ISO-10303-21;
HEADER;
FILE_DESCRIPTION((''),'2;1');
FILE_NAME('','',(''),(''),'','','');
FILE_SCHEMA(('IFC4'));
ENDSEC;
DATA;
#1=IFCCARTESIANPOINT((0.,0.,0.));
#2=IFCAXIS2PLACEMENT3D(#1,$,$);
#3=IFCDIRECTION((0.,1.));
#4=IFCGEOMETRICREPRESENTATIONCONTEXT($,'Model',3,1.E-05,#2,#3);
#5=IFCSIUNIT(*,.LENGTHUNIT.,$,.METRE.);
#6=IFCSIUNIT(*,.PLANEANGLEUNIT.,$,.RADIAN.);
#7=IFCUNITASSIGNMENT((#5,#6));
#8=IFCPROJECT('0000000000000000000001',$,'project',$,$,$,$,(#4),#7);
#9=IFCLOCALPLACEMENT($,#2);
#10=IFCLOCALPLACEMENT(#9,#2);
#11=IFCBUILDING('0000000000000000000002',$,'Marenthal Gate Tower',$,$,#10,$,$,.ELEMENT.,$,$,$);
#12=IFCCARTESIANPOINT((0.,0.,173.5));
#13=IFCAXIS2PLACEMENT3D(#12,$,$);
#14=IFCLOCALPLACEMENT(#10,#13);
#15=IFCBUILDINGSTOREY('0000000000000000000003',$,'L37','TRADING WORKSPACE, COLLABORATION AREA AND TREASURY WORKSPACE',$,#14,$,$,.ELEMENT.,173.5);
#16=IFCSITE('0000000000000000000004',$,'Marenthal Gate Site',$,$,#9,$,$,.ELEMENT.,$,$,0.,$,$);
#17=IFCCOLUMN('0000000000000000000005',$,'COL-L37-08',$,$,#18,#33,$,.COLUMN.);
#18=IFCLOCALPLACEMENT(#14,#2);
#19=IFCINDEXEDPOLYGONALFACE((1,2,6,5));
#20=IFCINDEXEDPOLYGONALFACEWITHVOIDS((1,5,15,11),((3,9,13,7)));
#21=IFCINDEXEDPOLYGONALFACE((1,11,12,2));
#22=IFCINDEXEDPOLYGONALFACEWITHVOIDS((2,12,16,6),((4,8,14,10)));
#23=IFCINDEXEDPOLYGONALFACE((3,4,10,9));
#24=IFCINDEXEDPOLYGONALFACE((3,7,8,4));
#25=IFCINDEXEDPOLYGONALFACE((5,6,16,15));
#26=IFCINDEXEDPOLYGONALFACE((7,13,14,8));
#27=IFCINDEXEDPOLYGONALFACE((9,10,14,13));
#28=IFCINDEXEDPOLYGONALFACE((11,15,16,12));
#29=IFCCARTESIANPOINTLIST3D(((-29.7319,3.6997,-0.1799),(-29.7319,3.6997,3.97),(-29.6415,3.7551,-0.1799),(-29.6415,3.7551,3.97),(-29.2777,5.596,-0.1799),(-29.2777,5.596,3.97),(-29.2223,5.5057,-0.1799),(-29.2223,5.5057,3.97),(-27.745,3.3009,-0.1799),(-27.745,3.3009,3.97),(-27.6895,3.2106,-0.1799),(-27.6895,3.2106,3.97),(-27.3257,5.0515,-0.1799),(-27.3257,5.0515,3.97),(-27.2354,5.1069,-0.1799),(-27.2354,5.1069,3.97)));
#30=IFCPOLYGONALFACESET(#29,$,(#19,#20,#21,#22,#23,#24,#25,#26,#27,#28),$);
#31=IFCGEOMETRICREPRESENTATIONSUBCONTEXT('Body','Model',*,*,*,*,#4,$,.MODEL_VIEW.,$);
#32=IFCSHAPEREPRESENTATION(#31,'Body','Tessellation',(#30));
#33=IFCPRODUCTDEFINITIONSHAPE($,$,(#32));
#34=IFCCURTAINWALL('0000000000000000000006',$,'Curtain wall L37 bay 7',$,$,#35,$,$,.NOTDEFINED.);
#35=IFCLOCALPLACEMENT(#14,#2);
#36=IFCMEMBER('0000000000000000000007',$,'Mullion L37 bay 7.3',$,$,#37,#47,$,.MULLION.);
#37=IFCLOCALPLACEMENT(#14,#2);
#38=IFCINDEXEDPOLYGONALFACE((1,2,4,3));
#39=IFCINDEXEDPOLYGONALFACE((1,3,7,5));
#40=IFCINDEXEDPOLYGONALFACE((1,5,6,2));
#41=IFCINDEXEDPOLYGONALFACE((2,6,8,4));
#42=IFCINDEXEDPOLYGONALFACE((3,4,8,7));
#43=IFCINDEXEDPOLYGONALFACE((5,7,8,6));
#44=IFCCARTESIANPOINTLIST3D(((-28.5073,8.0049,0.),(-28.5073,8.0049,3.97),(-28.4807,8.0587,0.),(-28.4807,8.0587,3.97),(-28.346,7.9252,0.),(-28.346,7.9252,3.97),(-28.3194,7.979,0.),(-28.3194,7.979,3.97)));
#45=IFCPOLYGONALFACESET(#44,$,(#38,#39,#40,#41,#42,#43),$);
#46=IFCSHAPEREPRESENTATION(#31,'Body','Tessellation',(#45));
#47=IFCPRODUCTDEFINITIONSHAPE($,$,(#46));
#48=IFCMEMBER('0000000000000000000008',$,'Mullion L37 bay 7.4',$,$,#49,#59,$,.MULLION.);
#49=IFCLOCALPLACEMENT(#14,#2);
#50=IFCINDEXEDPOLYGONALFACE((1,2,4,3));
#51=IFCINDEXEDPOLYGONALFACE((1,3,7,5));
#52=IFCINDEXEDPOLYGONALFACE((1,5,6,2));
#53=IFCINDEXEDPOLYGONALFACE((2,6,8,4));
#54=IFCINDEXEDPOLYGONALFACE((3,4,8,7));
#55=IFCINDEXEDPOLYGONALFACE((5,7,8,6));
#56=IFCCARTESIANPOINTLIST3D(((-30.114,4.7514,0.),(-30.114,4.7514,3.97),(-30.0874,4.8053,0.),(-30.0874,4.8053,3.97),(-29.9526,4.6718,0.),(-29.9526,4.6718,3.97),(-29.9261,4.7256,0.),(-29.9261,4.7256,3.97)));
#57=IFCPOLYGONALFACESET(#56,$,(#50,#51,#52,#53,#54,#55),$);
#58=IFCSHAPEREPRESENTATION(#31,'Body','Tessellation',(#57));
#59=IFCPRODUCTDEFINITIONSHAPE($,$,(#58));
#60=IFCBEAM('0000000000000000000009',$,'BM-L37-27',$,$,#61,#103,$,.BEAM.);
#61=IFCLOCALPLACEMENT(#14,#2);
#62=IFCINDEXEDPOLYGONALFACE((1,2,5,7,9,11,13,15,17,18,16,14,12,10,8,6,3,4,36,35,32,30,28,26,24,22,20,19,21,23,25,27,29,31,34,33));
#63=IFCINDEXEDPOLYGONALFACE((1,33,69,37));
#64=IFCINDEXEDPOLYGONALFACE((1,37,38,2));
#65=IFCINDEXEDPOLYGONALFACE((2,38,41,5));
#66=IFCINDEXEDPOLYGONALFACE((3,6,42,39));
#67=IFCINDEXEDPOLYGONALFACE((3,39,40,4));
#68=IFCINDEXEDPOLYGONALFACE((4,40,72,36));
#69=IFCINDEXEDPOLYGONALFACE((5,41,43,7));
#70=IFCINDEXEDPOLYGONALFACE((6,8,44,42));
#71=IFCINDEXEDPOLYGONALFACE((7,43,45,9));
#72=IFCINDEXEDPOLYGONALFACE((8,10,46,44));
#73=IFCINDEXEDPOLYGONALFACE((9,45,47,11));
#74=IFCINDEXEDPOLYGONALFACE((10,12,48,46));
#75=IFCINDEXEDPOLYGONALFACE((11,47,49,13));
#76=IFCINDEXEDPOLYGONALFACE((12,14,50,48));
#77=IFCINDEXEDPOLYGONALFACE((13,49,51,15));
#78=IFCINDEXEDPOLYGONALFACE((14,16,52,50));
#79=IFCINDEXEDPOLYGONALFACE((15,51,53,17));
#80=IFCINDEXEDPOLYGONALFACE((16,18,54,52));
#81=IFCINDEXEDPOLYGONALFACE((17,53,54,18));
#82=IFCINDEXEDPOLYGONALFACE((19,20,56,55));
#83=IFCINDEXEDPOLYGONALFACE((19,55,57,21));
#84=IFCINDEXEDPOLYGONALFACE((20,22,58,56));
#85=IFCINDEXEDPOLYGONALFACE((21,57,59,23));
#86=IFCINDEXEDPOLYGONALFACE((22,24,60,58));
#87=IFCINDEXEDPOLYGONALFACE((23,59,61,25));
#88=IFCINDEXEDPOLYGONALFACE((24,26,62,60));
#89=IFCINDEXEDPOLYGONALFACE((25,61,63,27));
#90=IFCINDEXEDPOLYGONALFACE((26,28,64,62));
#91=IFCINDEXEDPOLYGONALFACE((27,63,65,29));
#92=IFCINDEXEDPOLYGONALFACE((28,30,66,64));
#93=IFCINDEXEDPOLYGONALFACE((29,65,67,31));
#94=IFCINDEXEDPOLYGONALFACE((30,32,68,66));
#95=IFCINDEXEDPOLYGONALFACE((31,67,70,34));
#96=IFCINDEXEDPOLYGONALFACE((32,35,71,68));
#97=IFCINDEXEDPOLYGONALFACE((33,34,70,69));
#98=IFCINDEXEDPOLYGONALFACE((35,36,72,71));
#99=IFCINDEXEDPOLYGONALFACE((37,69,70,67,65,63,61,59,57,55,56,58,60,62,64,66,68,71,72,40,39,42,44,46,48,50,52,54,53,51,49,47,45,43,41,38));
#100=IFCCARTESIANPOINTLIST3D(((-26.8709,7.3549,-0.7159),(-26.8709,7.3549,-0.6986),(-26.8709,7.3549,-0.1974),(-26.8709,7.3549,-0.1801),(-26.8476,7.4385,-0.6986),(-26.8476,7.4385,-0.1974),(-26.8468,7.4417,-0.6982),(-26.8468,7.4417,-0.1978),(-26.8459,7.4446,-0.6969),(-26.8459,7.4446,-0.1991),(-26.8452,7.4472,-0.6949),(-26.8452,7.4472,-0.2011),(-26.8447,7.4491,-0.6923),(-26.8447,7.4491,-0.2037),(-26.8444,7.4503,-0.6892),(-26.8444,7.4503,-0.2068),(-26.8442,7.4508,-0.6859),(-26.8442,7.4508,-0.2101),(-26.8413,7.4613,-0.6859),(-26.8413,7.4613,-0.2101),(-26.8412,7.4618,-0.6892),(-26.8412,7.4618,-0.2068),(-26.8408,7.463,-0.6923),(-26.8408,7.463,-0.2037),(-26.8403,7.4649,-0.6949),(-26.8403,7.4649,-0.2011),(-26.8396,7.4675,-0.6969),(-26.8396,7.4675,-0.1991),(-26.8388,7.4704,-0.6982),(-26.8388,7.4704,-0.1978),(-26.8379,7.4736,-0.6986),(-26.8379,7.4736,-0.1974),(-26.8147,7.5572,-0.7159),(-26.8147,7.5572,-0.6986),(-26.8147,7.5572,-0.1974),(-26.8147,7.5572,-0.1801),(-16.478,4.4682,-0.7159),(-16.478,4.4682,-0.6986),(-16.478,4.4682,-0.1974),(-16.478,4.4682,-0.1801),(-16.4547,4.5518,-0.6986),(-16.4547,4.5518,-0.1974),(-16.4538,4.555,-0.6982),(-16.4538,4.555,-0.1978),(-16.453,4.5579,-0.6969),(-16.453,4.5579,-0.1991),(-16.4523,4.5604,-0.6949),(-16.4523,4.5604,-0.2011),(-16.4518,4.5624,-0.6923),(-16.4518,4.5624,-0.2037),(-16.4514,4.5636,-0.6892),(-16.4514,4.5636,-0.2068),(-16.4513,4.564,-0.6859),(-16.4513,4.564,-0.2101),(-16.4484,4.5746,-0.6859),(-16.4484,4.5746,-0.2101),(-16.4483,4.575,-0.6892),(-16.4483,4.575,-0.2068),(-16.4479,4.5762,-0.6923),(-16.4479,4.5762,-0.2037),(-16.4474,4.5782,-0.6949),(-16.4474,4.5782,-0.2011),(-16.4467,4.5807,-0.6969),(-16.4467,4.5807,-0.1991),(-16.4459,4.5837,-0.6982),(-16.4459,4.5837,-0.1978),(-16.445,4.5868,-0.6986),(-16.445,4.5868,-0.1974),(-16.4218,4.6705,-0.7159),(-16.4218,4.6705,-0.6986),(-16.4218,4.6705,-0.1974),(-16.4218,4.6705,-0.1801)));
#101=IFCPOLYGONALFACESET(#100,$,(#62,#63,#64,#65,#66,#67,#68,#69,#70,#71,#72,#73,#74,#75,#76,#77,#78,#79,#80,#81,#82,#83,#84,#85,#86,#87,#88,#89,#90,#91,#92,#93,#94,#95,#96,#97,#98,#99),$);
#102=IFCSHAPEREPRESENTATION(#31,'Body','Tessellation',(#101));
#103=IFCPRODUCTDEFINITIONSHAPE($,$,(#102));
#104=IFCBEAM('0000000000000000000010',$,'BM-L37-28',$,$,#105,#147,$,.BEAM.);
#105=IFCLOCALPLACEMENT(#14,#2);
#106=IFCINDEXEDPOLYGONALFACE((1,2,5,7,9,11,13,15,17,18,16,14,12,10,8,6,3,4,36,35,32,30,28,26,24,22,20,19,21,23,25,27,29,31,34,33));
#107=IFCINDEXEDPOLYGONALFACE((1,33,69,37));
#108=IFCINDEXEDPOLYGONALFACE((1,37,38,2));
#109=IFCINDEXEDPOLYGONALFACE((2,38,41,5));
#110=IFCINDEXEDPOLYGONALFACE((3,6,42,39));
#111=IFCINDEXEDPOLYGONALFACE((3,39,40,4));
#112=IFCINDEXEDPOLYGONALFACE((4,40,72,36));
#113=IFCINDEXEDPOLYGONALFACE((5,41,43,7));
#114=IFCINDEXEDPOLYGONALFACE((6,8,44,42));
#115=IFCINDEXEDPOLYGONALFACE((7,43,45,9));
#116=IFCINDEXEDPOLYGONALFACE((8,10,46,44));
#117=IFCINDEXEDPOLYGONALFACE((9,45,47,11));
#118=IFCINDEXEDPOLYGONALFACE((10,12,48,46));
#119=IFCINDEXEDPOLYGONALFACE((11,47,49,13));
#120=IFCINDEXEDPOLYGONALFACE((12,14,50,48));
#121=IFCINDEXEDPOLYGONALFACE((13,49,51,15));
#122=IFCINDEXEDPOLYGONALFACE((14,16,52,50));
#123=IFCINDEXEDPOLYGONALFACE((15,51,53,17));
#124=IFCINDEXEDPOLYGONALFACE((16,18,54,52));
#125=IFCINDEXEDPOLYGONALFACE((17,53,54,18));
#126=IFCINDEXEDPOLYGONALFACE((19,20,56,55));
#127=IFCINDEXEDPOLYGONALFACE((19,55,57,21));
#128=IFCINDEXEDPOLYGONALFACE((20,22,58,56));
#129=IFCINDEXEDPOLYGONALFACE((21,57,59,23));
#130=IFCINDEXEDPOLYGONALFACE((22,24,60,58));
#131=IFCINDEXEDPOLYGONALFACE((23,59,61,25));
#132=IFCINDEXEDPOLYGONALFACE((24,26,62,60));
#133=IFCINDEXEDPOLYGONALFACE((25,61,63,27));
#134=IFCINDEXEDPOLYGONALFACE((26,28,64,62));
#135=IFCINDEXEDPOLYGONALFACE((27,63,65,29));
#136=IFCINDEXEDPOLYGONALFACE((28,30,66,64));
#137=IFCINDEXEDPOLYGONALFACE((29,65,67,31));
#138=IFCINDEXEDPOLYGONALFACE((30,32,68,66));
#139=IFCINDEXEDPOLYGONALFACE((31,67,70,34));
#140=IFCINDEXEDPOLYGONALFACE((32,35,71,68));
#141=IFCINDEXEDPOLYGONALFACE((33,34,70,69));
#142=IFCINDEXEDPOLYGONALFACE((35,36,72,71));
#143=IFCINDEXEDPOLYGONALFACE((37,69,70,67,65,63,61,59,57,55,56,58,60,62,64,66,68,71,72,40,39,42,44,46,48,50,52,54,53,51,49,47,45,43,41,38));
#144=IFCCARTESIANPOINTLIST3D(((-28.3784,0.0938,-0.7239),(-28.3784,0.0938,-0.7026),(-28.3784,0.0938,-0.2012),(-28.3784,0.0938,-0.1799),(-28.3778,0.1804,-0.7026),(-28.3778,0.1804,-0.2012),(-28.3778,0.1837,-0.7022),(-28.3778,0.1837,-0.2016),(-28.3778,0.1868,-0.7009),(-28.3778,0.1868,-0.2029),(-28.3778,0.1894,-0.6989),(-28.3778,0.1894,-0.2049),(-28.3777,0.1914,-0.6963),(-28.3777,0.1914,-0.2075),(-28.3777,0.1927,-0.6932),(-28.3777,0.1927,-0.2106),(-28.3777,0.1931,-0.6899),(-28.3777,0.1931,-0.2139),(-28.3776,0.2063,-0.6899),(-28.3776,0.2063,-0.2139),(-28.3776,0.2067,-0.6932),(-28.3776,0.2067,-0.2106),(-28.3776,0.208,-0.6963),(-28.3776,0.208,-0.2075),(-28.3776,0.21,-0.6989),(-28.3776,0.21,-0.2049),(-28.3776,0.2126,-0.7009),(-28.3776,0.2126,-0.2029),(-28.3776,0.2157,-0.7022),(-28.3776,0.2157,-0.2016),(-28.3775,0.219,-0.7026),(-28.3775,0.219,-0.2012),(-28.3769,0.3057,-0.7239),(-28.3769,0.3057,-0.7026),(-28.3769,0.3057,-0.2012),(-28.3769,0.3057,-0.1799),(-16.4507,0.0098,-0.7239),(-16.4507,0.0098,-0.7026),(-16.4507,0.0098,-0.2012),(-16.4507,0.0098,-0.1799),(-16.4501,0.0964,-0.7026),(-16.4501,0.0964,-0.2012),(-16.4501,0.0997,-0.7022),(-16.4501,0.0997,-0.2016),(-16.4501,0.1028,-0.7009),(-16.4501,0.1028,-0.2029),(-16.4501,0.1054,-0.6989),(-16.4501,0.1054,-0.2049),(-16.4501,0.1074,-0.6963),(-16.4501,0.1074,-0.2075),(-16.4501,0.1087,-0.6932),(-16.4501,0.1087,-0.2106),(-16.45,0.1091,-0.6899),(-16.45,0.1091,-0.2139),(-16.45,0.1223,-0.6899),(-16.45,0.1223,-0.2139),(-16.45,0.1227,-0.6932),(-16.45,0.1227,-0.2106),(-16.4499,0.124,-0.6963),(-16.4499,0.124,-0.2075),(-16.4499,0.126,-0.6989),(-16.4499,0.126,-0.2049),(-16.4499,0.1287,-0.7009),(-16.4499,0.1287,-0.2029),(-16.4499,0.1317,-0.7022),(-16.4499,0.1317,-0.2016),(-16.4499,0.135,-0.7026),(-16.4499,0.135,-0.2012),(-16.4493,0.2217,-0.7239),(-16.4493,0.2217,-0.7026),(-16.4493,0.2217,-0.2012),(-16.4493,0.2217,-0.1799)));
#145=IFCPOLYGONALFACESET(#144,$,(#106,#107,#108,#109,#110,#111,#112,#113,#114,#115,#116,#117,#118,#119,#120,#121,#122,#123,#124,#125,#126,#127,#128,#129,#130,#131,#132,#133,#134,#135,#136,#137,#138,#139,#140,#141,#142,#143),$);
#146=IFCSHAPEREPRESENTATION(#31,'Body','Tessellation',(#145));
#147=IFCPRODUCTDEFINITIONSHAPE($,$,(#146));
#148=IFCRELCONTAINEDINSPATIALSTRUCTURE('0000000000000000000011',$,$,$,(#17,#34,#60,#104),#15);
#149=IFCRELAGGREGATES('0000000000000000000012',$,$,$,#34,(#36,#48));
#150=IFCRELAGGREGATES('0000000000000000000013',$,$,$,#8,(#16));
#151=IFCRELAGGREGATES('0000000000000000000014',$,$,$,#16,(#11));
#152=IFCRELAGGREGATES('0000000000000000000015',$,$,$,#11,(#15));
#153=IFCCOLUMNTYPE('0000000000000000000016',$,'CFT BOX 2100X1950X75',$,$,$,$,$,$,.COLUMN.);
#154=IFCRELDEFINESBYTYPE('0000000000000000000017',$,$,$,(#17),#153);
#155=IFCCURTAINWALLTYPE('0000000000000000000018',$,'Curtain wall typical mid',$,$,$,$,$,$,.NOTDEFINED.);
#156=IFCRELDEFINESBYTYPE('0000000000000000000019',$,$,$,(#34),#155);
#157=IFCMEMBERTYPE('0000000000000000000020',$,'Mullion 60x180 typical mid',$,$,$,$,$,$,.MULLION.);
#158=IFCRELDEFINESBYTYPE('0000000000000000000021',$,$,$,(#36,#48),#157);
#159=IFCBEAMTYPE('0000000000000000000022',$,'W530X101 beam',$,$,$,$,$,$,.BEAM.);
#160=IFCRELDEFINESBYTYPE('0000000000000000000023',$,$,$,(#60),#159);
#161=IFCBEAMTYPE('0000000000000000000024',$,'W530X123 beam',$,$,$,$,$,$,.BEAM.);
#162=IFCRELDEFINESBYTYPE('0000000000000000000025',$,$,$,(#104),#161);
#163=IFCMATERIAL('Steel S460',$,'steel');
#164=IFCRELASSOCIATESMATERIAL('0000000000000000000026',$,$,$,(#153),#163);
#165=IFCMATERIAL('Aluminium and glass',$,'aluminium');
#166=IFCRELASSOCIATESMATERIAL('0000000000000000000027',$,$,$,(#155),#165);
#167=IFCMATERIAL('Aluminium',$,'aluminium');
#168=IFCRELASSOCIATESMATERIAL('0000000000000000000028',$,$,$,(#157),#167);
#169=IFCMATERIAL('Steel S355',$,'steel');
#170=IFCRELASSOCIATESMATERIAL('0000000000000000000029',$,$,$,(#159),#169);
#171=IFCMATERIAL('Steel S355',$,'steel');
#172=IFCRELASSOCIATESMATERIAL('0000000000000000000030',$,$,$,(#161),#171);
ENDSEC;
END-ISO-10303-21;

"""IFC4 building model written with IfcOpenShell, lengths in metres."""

from ifc_helpers import new_model, si_unit, direction, frame, origin, origin_2d, place, context, subcontext, project, spatial, rectangle, hollow_rectangle, i_section, extrude, material, material_profile, profile_set, type_object, element, aggregate, save


model = new_model("IFC4")

# Units and contexts
model_context = context("Model", 3, precision=1e-05, world=origin(), true_north=direction((0.0, 1.0)))
body_context = subcontext(model_context, "Body", "Model", "MODEL_VIEW")
ifc_project = project(units=[si_unit("LENGTHUNIT", "METRE"), si_unit("PLANEANGLEUNIT", "RADIAN")], contexts=[model_context])

# Site, building, storey
site_placement = place(None, origin())
site = spatial("IfcSite", under=ifc_project, at=site_placement, Name="Marenthal Gate Site", CompositionType="ELEMENT", RefElevation=0.0)
building_placement = place(site_placement, origin())
building = spatial("IfcBuilding", under=site, at=building_placement, Name="Marenthal Gate Tower", CompositionType="ELEMENT")
storey_placement = place(building_placement, frame((0.0, 0.0, 173.5)))
storey = spatial("IfcBuildingStorey", under=building, at=storey_placement, Name="L37", Description="TRADING WORKSPACE, COLLABORATION AREA AND TREASURY WORKSPACE", CompositionType="ELEMENT", Elevation=173.5)

# Column
ifc_material_1 = material(Name="Steel S460", Category="steel")
ifc_material_profile_1 = material_profile(ifc_material_1, hollow_rectangle(XDim=1.95, YDim=2.1001, WallThickness=0.075, at=origin_2d()), Name="CFT BOX 2100X1950X75")
ifc_material_2 = material(Name="Concrete 70 MPa", Category="concrete")
ifc_material_profile_2 = material_profile(ifc_material_2, rectangle(XDim=1.8, YDim=1.95, at=origin_2d()), Name="CFT BOX 2100X1950X75 INFILL")
ifc_profile_set_1 = profile_set([ifc_material_profile_1, ifc_material_profile_2], Name="Steel S460 shell, Concrete 70 MPa infill")
column_type = type_object("IfcColumnType", Name="CFT BOX 2100X1950X75", PredefinedType="COLUMN", material=ifc_profile_set_1)
column_placement = place(storey_placement, frame((-28.4836, 4.4033, -0.1799), z_axis=(0.0, 0.0, 1.0), x_axis=(0.232899, 0.972501, 0.0)))
element("IfcColumn", 1, at=column_placement, inside=storey, type_object=column_type, Name="COL-L37-08", PredefinedType="COLUMN", context=body_context, shape_type="SweptSolid", body=[
    extrude(hollow_rectangle(XDim=1.95, YDim=2.1001, WallThickness=0.075, at=origin_2d()), origin(), (0.0, 0.0, 1.0), 4.1499),
])

# Curtain wall, members
ifc_material_3 = material(Name="Aluminium and glass", Category="aluminium")
curtain_wall_type = type_object("IfcCurtainWallType", Name="Curtain wall typical mid", PredefinedType="NOTDEFINED", material=ifc_material_3)
curtain_wall_placement = place(storey_placement, origin())
curtain_wall = element("IfcCurtainWall", 2, at=curtain_wall_placement, inside=storey, type_object=curtain_wall_type, Name="Curtain wall L37 bay 7", PredefinedType="NOTDEFINED")
ifc_material_4 = material(Name="Aluminium", Category="aluminium")
ifc_material_profile_3 = material_profile(ifc_material_4, rectangle(XDim=0.1799, YDim=0.0601, at=origin_2d()), Name="60x180 aluminium mullion")
ifc_profile_set_2 = profile_set([ifc_material_profile_3], Name="Aluminium")
member_type = type_object("IfcMemberType", Name="Mullion 60x180 typical mid", PredefinedType="MULLION", material=ifc_profile_set_2)
member_1_placement = place(storey_placement, frame((-28.4133, 7.9919, 0.0), z_axis=(0.0, 0.0, 1.0), x_axis=(0.896643, -0.442753, 0.0)))
member_1 = element("IfcMember", 3, at=member_1_placement, type_object=member_type, Name="Mullion L37 bay 7.3", PredefinedType="MULLION", context=body_context, shape_type="SweptSolid", body=[
    extrude(rectangle(XDim=0.1799, YDim=0.0601, at=origin_2d()), origin(), (0.0, 0.0, 1.0), 3.97),
])
member_2_placement = place(storey_placement, frame((-30.02, 4.7385, 0.0), z_axis=(0.0, 0.0, 1.0), x_axis=(0.896643, -0.442753, 0.0)))
member_2 = element("IfcMember", 4, at=member_2_placement, type_object=member_type, Name="Mullion L37 bay 7.4", PredefinedType="MULLION", context=body_context, shape_type="SweptSolid", body=[
    extrude(rectangle(XDim=0.1799, YDim=0.0601, at=origin_2d()), origin(), (0.0, 0.0, 1.0), 3.97),
])

# Beams
ifc_material_5 = material(Name="Steel S355", Category="steel")
ifc_material_profile_4 = material_profile(ifc_material_5, i_section(OverallWidth=0.21, OverallDepth=0.5359, WebThickness=0.011, FlangeThickness=0.0173, FilletRadius=0.0127, at=origin_2d()), Name="W530X101")
ifc_profile_set_3 = profile_set([ifc_material_profile_4], Name="Steel S355")
beam_type_1 = type_object("IfcBeamType", Name="W530X101 beam", PredefinedType="BEAM", material=ifc_profile_set_3)
beam_1_placement = place(storey_placement, frame((-26.8428, 7.4561, -0.448), z_axis=(0.963522, -0.267629, 0.0), x_axis=(0.267629, 0.963522, 0.0)))
element("IfcBeam", 5, at=beam_1_placement, inside=storey, type_object=beam_type_1, Name="BM-L37-27", PredefinedType="BEAM", context=body_context, shape_type="SweptSolid", body=[
    extrude(i_section(OverallWidth=0.21, OverallDepth=0.5359, WebThickness=0.011, FlangeThickness=0.0173, FilletRadius=0.0127, at=origin_2d()), origin(), (0.0, 0.0, 1.0), 10.7864),
])
ifc_material_6 = material(Name="Steel S355", Category="steel")
ifc_material_profile_5 = material_profile(ifc_material_6, i_section(OverallWidth=0.2119, OverallDepth=0.5439, WebThickness=0.0132, FlangeThickness=0.0212, FilletRadius=0.0127, at=origin_2d()), Name="W530X123")
ifc_profile_set_4 = profile_set([ifc_material_profile_5], Name="Steel S355")
beam_type_2 = type_object("IfcBeamType", Name="W530X123 beam", PredefinedType="BEAM", material=ifc_profile_set_4)
beam_2_placement = place(storey_placement, frame((-28.3777, 0.1997, -0.4519), z_axis=(0.999975, -0.007041, 0.0), x_axis=(0.007041, 0.999975, 0.0)))
element("IfcBeam", 6, at=beam_2_placement, inside=storey, type_object=beam_type_2, Name="BM-L37-28", PredefinedType="BEAM", context=body_context, shape_type="SweptSolid", body=[
    extrude(i_section(OverallWidth=0.2119, OverallDepth=0.5439, WebThickness=0.0132, FlangeThickness=0.0212, FilletRadius=0.0127, at=origin_2d()), origin(), (0.0, 0.0, 1.0), 11.928),
])

aggregate(curtain_wall, [member_1, member_2])

save(model, "model.ifc")
